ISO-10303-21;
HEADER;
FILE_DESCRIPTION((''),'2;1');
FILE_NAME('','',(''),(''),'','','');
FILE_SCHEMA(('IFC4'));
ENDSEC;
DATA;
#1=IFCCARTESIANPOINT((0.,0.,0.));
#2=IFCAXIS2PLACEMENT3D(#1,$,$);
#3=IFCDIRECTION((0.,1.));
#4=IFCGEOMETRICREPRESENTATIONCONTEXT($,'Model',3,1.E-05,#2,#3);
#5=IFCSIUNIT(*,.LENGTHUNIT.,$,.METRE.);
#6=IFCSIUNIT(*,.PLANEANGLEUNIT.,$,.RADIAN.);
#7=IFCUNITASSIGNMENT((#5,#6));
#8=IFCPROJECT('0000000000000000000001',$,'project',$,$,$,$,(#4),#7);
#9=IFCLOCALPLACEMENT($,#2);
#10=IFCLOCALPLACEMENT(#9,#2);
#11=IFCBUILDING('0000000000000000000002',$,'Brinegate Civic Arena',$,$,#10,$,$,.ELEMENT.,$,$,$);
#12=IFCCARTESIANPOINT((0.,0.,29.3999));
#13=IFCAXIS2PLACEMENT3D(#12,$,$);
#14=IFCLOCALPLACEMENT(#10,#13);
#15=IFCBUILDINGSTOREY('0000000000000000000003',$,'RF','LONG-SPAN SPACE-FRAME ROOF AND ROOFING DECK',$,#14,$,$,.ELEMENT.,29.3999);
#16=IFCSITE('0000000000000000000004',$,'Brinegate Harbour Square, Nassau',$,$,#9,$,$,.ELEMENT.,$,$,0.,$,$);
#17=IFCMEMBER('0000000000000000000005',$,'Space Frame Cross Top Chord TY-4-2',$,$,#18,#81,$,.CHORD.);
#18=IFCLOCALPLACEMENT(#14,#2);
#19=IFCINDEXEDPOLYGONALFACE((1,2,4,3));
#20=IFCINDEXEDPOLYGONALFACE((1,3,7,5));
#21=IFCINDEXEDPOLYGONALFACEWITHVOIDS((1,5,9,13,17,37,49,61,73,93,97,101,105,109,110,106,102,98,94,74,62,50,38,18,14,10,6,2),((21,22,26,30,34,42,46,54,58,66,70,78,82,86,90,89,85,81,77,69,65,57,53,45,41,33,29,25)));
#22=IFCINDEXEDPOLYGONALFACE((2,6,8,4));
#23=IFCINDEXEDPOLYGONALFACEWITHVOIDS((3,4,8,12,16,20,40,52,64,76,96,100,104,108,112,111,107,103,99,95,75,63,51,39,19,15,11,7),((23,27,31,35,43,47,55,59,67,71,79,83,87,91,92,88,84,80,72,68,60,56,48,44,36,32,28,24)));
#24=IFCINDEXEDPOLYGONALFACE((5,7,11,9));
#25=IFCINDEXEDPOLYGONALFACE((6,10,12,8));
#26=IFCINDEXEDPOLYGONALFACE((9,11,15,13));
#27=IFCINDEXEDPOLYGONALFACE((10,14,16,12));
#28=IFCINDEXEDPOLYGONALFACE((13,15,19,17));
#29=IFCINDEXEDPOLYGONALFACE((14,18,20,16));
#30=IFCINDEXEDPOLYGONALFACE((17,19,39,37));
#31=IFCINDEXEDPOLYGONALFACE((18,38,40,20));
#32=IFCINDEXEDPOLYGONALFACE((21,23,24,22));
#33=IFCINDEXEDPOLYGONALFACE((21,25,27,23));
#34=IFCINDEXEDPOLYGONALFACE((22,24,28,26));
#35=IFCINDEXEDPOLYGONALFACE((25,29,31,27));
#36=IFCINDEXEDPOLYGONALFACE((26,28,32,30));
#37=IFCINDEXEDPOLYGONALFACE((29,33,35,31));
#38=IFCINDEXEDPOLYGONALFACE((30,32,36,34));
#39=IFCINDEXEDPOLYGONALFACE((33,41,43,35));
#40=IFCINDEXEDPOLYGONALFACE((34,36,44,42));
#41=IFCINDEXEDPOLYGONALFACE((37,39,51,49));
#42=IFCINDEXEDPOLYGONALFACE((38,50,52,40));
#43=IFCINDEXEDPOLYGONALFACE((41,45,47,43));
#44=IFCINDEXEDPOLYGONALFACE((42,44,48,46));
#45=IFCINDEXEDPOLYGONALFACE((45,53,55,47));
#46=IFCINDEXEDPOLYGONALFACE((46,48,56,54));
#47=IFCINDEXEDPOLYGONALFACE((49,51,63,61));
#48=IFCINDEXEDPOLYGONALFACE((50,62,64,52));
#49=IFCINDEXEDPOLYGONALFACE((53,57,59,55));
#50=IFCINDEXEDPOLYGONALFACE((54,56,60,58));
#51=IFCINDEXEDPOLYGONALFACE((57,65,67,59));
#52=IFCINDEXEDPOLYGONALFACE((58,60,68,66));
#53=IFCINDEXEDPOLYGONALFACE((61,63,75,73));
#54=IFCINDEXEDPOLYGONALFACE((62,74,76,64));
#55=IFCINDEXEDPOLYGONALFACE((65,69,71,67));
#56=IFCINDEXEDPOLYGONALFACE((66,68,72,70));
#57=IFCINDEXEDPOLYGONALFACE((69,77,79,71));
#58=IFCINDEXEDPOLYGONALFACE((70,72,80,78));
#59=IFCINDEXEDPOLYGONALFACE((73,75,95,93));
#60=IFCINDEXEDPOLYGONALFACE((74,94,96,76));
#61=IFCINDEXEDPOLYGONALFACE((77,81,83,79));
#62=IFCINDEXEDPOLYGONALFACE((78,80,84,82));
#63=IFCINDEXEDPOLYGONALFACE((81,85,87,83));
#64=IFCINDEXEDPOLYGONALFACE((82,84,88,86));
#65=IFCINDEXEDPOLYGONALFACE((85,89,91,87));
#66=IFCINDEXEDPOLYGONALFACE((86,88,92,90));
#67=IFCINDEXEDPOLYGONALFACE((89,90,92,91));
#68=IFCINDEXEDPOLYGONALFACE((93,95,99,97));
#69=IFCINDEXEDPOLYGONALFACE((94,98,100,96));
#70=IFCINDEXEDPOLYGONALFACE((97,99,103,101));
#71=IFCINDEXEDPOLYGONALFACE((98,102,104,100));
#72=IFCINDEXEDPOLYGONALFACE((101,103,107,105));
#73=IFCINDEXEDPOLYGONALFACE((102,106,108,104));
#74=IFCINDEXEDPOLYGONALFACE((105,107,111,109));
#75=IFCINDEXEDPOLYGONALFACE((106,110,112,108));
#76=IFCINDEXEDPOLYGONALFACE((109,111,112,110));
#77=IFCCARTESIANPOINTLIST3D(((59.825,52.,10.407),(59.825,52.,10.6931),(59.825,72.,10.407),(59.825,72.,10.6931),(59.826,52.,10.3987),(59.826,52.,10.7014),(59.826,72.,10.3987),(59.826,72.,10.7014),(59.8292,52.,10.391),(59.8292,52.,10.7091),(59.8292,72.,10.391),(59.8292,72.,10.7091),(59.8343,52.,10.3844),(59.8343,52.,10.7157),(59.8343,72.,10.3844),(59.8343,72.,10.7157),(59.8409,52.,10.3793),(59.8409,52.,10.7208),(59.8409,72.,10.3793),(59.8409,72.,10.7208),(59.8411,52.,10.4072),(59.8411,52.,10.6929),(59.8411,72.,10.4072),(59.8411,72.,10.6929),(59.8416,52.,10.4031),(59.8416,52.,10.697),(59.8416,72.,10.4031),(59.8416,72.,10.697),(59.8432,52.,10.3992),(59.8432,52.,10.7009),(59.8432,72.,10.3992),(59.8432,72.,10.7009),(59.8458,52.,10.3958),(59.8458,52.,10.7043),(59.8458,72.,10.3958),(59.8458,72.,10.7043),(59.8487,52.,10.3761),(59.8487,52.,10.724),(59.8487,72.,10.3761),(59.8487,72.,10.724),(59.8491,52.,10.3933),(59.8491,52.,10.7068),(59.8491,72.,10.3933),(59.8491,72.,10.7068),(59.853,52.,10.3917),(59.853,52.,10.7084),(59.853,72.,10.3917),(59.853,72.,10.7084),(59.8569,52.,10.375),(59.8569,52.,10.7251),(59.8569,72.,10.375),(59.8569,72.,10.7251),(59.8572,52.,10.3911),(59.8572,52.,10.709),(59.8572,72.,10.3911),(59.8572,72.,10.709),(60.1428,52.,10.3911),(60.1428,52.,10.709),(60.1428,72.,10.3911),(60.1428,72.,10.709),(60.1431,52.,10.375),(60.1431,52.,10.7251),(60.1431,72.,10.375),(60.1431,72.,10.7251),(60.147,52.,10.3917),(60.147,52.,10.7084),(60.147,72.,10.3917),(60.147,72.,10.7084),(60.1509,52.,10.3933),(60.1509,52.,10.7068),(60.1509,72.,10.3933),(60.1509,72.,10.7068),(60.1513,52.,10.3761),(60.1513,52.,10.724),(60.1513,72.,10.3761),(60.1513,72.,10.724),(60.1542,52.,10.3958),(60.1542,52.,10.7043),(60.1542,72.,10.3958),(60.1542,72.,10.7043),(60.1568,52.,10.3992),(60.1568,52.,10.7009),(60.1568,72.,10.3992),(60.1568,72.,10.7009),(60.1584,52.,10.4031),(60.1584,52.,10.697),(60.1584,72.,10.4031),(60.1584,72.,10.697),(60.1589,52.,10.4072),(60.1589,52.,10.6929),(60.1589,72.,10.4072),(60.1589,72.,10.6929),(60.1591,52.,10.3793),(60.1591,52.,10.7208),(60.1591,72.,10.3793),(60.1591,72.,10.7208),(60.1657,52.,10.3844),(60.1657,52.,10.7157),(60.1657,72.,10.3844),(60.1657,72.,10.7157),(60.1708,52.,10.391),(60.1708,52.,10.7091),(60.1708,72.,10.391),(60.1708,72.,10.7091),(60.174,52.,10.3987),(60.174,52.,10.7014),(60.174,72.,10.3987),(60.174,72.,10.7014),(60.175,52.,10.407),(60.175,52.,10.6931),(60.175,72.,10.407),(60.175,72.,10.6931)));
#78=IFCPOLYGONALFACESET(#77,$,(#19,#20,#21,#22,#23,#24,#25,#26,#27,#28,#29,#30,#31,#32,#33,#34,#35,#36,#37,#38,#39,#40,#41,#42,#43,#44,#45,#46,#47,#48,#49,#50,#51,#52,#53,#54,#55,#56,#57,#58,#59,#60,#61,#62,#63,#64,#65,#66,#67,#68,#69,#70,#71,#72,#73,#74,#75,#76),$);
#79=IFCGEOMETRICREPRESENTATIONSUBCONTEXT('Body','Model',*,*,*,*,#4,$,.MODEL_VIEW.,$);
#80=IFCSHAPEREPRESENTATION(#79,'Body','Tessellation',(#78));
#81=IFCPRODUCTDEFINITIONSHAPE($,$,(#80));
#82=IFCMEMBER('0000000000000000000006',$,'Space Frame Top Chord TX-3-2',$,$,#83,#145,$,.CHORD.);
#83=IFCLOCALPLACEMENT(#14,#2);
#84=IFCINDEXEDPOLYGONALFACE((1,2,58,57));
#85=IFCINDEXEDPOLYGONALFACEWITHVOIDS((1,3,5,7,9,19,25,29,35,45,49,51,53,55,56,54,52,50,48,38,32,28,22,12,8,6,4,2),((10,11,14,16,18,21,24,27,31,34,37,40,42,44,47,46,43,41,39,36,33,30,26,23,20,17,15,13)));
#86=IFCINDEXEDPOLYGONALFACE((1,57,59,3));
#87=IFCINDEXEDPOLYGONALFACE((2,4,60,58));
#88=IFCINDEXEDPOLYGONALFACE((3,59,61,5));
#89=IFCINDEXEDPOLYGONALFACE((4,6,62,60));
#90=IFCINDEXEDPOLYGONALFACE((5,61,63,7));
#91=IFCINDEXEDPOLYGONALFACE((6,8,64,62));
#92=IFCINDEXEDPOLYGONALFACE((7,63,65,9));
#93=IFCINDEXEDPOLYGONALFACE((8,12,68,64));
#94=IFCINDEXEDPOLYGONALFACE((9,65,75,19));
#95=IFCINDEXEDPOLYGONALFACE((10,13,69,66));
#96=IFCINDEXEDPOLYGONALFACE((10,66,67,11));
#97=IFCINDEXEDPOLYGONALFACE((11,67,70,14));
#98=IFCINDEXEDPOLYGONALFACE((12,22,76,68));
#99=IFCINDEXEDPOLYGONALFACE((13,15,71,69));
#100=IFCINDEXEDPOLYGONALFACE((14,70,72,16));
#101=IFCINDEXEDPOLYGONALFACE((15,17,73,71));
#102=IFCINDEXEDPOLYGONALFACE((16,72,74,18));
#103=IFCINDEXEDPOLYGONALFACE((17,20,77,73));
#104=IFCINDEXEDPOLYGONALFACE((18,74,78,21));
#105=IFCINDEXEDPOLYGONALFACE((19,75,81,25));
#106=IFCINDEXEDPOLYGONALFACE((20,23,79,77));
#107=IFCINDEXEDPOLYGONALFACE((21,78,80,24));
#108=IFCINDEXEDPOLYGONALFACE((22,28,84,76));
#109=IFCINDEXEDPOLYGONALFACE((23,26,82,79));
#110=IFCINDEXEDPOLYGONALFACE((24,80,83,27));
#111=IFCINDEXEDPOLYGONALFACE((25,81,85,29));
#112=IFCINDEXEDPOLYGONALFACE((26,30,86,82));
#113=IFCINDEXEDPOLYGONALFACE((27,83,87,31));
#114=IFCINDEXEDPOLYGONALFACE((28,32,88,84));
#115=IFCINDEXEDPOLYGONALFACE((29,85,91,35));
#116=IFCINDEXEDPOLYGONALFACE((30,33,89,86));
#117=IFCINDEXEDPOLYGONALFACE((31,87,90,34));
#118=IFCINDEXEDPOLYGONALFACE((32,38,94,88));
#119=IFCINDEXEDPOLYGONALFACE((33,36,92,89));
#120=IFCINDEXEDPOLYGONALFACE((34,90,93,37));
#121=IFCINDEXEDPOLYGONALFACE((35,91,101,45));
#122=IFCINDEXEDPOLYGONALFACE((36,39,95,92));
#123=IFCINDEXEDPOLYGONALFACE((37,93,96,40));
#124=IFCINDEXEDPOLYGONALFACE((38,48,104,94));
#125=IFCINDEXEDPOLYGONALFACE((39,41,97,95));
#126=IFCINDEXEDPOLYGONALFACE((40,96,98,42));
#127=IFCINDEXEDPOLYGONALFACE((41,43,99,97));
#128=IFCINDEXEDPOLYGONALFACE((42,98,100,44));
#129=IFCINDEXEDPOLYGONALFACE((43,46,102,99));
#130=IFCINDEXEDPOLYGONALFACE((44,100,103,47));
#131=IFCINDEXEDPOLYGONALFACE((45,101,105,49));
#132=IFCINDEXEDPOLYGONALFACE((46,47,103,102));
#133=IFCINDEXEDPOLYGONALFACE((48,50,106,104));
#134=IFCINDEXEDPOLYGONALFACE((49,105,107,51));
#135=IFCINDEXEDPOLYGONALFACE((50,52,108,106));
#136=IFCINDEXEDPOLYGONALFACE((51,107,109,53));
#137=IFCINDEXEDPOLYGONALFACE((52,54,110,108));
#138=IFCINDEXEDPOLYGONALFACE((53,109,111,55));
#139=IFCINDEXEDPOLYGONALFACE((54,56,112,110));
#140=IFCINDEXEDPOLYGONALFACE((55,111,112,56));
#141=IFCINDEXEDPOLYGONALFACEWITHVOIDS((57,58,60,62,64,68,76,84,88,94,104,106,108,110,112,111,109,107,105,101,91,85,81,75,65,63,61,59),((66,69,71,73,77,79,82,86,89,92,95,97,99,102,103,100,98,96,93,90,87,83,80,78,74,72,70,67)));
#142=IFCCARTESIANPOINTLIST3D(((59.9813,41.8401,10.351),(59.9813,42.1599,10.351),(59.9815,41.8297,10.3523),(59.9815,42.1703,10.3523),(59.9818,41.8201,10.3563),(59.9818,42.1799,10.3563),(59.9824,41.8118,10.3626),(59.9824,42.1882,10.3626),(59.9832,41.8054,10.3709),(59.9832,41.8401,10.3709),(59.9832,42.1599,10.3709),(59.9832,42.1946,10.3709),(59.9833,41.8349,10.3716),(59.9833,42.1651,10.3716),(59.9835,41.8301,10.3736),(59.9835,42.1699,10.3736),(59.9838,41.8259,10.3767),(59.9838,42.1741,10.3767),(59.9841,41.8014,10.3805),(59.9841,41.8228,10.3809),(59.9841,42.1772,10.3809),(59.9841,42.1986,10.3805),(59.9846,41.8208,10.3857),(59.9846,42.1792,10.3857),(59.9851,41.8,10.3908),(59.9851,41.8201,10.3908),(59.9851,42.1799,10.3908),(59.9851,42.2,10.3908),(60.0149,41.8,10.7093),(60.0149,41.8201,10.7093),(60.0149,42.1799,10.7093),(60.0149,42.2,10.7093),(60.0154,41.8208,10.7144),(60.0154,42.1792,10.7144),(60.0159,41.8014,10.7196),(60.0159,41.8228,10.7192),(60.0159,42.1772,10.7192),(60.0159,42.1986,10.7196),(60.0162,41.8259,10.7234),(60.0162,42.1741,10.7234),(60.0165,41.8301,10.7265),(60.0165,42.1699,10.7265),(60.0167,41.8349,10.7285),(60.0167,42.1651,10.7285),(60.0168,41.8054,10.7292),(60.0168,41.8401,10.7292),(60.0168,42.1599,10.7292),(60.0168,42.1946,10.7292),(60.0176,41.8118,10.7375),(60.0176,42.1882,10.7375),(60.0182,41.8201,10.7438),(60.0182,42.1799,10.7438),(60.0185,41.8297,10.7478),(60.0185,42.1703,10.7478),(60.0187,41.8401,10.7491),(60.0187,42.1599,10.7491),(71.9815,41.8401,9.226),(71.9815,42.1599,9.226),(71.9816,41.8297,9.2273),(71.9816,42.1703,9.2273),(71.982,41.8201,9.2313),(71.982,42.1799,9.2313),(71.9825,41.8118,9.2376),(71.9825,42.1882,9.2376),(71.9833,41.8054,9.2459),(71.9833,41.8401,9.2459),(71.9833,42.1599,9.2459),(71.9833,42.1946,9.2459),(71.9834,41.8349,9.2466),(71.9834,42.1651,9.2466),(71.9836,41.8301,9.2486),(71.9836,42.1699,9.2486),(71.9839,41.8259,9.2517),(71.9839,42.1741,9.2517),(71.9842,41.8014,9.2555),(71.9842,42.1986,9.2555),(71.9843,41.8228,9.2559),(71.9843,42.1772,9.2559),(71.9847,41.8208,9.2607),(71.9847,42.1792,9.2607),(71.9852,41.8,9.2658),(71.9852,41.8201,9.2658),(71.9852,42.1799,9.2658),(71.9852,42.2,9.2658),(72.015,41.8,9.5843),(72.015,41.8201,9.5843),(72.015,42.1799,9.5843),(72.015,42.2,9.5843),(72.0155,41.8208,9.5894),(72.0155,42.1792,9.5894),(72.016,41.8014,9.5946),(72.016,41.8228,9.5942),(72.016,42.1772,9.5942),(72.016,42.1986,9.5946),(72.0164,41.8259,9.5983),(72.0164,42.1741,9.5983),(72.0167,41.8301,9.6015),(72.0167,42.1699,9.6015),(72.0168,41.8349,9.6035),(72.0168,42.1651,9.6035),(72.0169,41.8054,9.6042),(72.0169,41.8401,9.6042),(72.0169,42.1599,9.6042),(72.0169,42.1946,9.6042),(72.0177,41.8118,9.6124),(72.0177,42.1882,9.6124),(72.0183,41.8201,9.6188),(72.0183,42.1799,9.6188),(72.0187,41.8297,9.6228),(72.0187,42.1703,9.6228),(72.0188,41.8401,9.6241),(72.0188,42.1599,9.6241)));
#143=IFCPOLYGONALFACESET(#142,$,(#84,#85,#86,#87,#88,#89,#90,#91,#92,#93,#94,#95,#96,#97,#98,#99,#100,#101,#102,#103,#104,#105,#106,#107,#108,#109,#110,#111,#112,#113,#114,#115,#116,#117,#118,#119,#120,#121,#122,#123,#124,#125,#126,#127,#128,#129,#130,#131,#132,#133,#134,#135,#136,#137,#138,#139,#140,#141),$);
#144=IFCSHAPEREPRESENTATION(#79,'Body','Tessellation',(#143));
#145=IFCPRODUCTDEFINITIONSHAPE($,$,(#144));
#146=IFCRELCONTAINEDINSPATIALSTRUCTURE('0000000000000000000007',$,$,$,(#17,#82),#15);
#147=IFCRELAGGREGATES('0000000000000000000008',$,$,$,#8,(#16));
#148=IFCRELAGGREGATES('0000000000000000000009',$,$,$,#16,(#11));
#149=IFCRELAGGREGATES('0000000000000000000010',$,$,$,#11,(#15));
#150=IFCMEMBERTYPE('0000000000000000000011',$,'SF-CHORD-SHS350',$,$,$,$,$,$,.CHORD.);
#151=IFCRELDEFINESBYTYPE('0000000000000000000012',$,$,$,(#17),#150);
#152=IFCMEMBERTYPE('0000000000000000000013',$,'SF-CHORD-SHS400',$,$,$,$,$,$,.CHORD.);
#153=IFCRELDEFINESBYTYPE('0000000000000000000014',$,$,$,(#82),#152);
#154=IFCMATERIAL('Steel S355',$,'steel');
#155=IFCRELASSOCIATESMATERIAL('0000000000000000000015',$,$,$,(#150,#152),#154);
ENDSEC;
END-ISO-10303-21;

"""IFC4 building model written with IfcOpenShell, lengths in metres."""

from ifc_helpers import new_model, si_unit, direction, frame, origin, origin_2d, place, context, subcontext, project, spatial, hollow_rectangle, extrude, material, material_profile, profile_set, type_object, element, save


model = new_model("IFC4")

# Units and contexts
model_context = context("Model", 3, precision=1e-05, world=origin(), true_north=direction((0.0, 1.0)))
body_context = subcontext(model_context, "Body", "Model", "MODEL_VIEW")
ifc_project = project(units=[si_unit("LENGTHUNIT", "METRE"), si_unit("PLANEANGLEUNIT", "RADIAN")], contexts=[model_context])

# Site, building, storey
site_placement = place(None, origin())
site = spatial("IfcSite", under=ifc_project, at=site_placement, Name="Brinegate Harbour Square, Nassau", CompositionType="ELEMENT", RefElevation=0.0)
building_placement = place(site_placement, origin())
building = spatial("IfcBuilding", under=site, at=building_placement, Name="Brinegate Civic Arena", CompositionType="ELEMENT")
storey_placement = place(building_placement, frame((0.0, 0.0, 29.3999)))
storey = spatial("IfcBuildingStorey", under=building, at=storey_placement, Name="RF", Description="LONG-SPAN SPACE-FRAME ROOF AND ROOFING DECK", CompositionType="ELEMENT", Elevation=29.3999)

# Shared definitions
ifc_material_1 = material(Name="Steel S355", Category="steel")

# Members
ifc_material_profile_1 = material_profile(ifc_material_1, hollow_rectangle(XDim=0.3501, YDim=0.3501, WallThickness=0.0161, InnerFilletRadius=0.0161, OuterFilletRadius=0.032, at=origin_2d()), Name="SHS350X16")
ifc_profile_set_1 = profile_set([ifc_material_profile_1], Name="Steel S355")
member_type_1 = type_object("IfcMemberType", Name="SF-CHORD-SHS350", PredefinedType="CHORD", material=ifc_profile_set_1)
member_1_placement = place(storey_placement, frame((60.0, 52.0, 10.55), z_axis=(0.0, 1.0, 0.0), x_axis=(-1.0, 0.0, 0.0)))
element("IfcMember", 1, at=member_1_placement, inside=storey, type_object=member_type_1, Name="Space Frame Cross Top Chord TY-4-2", PredefinedType="CHORD", context=body_context, shape_type="SweptSolid", body=[
    extrude(hollow_rectangle(XDim=0.3501, YDim=0.3501, WallThickness=0.0161, InnerFilletRadius=0.0161, OuterFilletRadius=0.032, at=origin_2d()), origin(), (0.0, 0.0, 1.0), 20.0),
])
ifc_material_profile_2 = material_profile(ifc_material_1, hollow_rectangle(XDim=0.3999, YDim=0.3999, WallThickness=0.02, InnerFilletRadius=0.02, OuterFilletRadius=0.04, at=origin_2d()), Name="SHS400X20")
ifc_profile_set_2 = profile_set([ifc_material_profile_2], Name="Steel S355")
member_type_2 = type_object("IfcMemberType", Name="SF-CHORD-SHS400", PredefinedType="CHORD", material=ifc_profile_set_2)
member_2_placement = place(storey_placement, frame((60.0, 42.0, 10.55), z_axis=(0.995634, 0.0, -0.093341), x_axis=(0.0, 1.0, 0.0)))
element("IfcMember", 2, at=member_2_placement, inside=storey, type_object=member_type_2, Name="Space Frame Top Chord TX-3-2", PredefinedType="CHORD", context=body_context, shape_type="SweptSolid", body=[
    extrude(hollow_rectangle(XDim=0.3999, YDim=0.3999, WallThickness=0.02, InnerFilletRadius=0.02, OuterFilletRadius=0.04, at=origin_2d()), origin(), (0.0, 0.0, 1.0), 12.0527),
])

save(model, "model.ifc")
